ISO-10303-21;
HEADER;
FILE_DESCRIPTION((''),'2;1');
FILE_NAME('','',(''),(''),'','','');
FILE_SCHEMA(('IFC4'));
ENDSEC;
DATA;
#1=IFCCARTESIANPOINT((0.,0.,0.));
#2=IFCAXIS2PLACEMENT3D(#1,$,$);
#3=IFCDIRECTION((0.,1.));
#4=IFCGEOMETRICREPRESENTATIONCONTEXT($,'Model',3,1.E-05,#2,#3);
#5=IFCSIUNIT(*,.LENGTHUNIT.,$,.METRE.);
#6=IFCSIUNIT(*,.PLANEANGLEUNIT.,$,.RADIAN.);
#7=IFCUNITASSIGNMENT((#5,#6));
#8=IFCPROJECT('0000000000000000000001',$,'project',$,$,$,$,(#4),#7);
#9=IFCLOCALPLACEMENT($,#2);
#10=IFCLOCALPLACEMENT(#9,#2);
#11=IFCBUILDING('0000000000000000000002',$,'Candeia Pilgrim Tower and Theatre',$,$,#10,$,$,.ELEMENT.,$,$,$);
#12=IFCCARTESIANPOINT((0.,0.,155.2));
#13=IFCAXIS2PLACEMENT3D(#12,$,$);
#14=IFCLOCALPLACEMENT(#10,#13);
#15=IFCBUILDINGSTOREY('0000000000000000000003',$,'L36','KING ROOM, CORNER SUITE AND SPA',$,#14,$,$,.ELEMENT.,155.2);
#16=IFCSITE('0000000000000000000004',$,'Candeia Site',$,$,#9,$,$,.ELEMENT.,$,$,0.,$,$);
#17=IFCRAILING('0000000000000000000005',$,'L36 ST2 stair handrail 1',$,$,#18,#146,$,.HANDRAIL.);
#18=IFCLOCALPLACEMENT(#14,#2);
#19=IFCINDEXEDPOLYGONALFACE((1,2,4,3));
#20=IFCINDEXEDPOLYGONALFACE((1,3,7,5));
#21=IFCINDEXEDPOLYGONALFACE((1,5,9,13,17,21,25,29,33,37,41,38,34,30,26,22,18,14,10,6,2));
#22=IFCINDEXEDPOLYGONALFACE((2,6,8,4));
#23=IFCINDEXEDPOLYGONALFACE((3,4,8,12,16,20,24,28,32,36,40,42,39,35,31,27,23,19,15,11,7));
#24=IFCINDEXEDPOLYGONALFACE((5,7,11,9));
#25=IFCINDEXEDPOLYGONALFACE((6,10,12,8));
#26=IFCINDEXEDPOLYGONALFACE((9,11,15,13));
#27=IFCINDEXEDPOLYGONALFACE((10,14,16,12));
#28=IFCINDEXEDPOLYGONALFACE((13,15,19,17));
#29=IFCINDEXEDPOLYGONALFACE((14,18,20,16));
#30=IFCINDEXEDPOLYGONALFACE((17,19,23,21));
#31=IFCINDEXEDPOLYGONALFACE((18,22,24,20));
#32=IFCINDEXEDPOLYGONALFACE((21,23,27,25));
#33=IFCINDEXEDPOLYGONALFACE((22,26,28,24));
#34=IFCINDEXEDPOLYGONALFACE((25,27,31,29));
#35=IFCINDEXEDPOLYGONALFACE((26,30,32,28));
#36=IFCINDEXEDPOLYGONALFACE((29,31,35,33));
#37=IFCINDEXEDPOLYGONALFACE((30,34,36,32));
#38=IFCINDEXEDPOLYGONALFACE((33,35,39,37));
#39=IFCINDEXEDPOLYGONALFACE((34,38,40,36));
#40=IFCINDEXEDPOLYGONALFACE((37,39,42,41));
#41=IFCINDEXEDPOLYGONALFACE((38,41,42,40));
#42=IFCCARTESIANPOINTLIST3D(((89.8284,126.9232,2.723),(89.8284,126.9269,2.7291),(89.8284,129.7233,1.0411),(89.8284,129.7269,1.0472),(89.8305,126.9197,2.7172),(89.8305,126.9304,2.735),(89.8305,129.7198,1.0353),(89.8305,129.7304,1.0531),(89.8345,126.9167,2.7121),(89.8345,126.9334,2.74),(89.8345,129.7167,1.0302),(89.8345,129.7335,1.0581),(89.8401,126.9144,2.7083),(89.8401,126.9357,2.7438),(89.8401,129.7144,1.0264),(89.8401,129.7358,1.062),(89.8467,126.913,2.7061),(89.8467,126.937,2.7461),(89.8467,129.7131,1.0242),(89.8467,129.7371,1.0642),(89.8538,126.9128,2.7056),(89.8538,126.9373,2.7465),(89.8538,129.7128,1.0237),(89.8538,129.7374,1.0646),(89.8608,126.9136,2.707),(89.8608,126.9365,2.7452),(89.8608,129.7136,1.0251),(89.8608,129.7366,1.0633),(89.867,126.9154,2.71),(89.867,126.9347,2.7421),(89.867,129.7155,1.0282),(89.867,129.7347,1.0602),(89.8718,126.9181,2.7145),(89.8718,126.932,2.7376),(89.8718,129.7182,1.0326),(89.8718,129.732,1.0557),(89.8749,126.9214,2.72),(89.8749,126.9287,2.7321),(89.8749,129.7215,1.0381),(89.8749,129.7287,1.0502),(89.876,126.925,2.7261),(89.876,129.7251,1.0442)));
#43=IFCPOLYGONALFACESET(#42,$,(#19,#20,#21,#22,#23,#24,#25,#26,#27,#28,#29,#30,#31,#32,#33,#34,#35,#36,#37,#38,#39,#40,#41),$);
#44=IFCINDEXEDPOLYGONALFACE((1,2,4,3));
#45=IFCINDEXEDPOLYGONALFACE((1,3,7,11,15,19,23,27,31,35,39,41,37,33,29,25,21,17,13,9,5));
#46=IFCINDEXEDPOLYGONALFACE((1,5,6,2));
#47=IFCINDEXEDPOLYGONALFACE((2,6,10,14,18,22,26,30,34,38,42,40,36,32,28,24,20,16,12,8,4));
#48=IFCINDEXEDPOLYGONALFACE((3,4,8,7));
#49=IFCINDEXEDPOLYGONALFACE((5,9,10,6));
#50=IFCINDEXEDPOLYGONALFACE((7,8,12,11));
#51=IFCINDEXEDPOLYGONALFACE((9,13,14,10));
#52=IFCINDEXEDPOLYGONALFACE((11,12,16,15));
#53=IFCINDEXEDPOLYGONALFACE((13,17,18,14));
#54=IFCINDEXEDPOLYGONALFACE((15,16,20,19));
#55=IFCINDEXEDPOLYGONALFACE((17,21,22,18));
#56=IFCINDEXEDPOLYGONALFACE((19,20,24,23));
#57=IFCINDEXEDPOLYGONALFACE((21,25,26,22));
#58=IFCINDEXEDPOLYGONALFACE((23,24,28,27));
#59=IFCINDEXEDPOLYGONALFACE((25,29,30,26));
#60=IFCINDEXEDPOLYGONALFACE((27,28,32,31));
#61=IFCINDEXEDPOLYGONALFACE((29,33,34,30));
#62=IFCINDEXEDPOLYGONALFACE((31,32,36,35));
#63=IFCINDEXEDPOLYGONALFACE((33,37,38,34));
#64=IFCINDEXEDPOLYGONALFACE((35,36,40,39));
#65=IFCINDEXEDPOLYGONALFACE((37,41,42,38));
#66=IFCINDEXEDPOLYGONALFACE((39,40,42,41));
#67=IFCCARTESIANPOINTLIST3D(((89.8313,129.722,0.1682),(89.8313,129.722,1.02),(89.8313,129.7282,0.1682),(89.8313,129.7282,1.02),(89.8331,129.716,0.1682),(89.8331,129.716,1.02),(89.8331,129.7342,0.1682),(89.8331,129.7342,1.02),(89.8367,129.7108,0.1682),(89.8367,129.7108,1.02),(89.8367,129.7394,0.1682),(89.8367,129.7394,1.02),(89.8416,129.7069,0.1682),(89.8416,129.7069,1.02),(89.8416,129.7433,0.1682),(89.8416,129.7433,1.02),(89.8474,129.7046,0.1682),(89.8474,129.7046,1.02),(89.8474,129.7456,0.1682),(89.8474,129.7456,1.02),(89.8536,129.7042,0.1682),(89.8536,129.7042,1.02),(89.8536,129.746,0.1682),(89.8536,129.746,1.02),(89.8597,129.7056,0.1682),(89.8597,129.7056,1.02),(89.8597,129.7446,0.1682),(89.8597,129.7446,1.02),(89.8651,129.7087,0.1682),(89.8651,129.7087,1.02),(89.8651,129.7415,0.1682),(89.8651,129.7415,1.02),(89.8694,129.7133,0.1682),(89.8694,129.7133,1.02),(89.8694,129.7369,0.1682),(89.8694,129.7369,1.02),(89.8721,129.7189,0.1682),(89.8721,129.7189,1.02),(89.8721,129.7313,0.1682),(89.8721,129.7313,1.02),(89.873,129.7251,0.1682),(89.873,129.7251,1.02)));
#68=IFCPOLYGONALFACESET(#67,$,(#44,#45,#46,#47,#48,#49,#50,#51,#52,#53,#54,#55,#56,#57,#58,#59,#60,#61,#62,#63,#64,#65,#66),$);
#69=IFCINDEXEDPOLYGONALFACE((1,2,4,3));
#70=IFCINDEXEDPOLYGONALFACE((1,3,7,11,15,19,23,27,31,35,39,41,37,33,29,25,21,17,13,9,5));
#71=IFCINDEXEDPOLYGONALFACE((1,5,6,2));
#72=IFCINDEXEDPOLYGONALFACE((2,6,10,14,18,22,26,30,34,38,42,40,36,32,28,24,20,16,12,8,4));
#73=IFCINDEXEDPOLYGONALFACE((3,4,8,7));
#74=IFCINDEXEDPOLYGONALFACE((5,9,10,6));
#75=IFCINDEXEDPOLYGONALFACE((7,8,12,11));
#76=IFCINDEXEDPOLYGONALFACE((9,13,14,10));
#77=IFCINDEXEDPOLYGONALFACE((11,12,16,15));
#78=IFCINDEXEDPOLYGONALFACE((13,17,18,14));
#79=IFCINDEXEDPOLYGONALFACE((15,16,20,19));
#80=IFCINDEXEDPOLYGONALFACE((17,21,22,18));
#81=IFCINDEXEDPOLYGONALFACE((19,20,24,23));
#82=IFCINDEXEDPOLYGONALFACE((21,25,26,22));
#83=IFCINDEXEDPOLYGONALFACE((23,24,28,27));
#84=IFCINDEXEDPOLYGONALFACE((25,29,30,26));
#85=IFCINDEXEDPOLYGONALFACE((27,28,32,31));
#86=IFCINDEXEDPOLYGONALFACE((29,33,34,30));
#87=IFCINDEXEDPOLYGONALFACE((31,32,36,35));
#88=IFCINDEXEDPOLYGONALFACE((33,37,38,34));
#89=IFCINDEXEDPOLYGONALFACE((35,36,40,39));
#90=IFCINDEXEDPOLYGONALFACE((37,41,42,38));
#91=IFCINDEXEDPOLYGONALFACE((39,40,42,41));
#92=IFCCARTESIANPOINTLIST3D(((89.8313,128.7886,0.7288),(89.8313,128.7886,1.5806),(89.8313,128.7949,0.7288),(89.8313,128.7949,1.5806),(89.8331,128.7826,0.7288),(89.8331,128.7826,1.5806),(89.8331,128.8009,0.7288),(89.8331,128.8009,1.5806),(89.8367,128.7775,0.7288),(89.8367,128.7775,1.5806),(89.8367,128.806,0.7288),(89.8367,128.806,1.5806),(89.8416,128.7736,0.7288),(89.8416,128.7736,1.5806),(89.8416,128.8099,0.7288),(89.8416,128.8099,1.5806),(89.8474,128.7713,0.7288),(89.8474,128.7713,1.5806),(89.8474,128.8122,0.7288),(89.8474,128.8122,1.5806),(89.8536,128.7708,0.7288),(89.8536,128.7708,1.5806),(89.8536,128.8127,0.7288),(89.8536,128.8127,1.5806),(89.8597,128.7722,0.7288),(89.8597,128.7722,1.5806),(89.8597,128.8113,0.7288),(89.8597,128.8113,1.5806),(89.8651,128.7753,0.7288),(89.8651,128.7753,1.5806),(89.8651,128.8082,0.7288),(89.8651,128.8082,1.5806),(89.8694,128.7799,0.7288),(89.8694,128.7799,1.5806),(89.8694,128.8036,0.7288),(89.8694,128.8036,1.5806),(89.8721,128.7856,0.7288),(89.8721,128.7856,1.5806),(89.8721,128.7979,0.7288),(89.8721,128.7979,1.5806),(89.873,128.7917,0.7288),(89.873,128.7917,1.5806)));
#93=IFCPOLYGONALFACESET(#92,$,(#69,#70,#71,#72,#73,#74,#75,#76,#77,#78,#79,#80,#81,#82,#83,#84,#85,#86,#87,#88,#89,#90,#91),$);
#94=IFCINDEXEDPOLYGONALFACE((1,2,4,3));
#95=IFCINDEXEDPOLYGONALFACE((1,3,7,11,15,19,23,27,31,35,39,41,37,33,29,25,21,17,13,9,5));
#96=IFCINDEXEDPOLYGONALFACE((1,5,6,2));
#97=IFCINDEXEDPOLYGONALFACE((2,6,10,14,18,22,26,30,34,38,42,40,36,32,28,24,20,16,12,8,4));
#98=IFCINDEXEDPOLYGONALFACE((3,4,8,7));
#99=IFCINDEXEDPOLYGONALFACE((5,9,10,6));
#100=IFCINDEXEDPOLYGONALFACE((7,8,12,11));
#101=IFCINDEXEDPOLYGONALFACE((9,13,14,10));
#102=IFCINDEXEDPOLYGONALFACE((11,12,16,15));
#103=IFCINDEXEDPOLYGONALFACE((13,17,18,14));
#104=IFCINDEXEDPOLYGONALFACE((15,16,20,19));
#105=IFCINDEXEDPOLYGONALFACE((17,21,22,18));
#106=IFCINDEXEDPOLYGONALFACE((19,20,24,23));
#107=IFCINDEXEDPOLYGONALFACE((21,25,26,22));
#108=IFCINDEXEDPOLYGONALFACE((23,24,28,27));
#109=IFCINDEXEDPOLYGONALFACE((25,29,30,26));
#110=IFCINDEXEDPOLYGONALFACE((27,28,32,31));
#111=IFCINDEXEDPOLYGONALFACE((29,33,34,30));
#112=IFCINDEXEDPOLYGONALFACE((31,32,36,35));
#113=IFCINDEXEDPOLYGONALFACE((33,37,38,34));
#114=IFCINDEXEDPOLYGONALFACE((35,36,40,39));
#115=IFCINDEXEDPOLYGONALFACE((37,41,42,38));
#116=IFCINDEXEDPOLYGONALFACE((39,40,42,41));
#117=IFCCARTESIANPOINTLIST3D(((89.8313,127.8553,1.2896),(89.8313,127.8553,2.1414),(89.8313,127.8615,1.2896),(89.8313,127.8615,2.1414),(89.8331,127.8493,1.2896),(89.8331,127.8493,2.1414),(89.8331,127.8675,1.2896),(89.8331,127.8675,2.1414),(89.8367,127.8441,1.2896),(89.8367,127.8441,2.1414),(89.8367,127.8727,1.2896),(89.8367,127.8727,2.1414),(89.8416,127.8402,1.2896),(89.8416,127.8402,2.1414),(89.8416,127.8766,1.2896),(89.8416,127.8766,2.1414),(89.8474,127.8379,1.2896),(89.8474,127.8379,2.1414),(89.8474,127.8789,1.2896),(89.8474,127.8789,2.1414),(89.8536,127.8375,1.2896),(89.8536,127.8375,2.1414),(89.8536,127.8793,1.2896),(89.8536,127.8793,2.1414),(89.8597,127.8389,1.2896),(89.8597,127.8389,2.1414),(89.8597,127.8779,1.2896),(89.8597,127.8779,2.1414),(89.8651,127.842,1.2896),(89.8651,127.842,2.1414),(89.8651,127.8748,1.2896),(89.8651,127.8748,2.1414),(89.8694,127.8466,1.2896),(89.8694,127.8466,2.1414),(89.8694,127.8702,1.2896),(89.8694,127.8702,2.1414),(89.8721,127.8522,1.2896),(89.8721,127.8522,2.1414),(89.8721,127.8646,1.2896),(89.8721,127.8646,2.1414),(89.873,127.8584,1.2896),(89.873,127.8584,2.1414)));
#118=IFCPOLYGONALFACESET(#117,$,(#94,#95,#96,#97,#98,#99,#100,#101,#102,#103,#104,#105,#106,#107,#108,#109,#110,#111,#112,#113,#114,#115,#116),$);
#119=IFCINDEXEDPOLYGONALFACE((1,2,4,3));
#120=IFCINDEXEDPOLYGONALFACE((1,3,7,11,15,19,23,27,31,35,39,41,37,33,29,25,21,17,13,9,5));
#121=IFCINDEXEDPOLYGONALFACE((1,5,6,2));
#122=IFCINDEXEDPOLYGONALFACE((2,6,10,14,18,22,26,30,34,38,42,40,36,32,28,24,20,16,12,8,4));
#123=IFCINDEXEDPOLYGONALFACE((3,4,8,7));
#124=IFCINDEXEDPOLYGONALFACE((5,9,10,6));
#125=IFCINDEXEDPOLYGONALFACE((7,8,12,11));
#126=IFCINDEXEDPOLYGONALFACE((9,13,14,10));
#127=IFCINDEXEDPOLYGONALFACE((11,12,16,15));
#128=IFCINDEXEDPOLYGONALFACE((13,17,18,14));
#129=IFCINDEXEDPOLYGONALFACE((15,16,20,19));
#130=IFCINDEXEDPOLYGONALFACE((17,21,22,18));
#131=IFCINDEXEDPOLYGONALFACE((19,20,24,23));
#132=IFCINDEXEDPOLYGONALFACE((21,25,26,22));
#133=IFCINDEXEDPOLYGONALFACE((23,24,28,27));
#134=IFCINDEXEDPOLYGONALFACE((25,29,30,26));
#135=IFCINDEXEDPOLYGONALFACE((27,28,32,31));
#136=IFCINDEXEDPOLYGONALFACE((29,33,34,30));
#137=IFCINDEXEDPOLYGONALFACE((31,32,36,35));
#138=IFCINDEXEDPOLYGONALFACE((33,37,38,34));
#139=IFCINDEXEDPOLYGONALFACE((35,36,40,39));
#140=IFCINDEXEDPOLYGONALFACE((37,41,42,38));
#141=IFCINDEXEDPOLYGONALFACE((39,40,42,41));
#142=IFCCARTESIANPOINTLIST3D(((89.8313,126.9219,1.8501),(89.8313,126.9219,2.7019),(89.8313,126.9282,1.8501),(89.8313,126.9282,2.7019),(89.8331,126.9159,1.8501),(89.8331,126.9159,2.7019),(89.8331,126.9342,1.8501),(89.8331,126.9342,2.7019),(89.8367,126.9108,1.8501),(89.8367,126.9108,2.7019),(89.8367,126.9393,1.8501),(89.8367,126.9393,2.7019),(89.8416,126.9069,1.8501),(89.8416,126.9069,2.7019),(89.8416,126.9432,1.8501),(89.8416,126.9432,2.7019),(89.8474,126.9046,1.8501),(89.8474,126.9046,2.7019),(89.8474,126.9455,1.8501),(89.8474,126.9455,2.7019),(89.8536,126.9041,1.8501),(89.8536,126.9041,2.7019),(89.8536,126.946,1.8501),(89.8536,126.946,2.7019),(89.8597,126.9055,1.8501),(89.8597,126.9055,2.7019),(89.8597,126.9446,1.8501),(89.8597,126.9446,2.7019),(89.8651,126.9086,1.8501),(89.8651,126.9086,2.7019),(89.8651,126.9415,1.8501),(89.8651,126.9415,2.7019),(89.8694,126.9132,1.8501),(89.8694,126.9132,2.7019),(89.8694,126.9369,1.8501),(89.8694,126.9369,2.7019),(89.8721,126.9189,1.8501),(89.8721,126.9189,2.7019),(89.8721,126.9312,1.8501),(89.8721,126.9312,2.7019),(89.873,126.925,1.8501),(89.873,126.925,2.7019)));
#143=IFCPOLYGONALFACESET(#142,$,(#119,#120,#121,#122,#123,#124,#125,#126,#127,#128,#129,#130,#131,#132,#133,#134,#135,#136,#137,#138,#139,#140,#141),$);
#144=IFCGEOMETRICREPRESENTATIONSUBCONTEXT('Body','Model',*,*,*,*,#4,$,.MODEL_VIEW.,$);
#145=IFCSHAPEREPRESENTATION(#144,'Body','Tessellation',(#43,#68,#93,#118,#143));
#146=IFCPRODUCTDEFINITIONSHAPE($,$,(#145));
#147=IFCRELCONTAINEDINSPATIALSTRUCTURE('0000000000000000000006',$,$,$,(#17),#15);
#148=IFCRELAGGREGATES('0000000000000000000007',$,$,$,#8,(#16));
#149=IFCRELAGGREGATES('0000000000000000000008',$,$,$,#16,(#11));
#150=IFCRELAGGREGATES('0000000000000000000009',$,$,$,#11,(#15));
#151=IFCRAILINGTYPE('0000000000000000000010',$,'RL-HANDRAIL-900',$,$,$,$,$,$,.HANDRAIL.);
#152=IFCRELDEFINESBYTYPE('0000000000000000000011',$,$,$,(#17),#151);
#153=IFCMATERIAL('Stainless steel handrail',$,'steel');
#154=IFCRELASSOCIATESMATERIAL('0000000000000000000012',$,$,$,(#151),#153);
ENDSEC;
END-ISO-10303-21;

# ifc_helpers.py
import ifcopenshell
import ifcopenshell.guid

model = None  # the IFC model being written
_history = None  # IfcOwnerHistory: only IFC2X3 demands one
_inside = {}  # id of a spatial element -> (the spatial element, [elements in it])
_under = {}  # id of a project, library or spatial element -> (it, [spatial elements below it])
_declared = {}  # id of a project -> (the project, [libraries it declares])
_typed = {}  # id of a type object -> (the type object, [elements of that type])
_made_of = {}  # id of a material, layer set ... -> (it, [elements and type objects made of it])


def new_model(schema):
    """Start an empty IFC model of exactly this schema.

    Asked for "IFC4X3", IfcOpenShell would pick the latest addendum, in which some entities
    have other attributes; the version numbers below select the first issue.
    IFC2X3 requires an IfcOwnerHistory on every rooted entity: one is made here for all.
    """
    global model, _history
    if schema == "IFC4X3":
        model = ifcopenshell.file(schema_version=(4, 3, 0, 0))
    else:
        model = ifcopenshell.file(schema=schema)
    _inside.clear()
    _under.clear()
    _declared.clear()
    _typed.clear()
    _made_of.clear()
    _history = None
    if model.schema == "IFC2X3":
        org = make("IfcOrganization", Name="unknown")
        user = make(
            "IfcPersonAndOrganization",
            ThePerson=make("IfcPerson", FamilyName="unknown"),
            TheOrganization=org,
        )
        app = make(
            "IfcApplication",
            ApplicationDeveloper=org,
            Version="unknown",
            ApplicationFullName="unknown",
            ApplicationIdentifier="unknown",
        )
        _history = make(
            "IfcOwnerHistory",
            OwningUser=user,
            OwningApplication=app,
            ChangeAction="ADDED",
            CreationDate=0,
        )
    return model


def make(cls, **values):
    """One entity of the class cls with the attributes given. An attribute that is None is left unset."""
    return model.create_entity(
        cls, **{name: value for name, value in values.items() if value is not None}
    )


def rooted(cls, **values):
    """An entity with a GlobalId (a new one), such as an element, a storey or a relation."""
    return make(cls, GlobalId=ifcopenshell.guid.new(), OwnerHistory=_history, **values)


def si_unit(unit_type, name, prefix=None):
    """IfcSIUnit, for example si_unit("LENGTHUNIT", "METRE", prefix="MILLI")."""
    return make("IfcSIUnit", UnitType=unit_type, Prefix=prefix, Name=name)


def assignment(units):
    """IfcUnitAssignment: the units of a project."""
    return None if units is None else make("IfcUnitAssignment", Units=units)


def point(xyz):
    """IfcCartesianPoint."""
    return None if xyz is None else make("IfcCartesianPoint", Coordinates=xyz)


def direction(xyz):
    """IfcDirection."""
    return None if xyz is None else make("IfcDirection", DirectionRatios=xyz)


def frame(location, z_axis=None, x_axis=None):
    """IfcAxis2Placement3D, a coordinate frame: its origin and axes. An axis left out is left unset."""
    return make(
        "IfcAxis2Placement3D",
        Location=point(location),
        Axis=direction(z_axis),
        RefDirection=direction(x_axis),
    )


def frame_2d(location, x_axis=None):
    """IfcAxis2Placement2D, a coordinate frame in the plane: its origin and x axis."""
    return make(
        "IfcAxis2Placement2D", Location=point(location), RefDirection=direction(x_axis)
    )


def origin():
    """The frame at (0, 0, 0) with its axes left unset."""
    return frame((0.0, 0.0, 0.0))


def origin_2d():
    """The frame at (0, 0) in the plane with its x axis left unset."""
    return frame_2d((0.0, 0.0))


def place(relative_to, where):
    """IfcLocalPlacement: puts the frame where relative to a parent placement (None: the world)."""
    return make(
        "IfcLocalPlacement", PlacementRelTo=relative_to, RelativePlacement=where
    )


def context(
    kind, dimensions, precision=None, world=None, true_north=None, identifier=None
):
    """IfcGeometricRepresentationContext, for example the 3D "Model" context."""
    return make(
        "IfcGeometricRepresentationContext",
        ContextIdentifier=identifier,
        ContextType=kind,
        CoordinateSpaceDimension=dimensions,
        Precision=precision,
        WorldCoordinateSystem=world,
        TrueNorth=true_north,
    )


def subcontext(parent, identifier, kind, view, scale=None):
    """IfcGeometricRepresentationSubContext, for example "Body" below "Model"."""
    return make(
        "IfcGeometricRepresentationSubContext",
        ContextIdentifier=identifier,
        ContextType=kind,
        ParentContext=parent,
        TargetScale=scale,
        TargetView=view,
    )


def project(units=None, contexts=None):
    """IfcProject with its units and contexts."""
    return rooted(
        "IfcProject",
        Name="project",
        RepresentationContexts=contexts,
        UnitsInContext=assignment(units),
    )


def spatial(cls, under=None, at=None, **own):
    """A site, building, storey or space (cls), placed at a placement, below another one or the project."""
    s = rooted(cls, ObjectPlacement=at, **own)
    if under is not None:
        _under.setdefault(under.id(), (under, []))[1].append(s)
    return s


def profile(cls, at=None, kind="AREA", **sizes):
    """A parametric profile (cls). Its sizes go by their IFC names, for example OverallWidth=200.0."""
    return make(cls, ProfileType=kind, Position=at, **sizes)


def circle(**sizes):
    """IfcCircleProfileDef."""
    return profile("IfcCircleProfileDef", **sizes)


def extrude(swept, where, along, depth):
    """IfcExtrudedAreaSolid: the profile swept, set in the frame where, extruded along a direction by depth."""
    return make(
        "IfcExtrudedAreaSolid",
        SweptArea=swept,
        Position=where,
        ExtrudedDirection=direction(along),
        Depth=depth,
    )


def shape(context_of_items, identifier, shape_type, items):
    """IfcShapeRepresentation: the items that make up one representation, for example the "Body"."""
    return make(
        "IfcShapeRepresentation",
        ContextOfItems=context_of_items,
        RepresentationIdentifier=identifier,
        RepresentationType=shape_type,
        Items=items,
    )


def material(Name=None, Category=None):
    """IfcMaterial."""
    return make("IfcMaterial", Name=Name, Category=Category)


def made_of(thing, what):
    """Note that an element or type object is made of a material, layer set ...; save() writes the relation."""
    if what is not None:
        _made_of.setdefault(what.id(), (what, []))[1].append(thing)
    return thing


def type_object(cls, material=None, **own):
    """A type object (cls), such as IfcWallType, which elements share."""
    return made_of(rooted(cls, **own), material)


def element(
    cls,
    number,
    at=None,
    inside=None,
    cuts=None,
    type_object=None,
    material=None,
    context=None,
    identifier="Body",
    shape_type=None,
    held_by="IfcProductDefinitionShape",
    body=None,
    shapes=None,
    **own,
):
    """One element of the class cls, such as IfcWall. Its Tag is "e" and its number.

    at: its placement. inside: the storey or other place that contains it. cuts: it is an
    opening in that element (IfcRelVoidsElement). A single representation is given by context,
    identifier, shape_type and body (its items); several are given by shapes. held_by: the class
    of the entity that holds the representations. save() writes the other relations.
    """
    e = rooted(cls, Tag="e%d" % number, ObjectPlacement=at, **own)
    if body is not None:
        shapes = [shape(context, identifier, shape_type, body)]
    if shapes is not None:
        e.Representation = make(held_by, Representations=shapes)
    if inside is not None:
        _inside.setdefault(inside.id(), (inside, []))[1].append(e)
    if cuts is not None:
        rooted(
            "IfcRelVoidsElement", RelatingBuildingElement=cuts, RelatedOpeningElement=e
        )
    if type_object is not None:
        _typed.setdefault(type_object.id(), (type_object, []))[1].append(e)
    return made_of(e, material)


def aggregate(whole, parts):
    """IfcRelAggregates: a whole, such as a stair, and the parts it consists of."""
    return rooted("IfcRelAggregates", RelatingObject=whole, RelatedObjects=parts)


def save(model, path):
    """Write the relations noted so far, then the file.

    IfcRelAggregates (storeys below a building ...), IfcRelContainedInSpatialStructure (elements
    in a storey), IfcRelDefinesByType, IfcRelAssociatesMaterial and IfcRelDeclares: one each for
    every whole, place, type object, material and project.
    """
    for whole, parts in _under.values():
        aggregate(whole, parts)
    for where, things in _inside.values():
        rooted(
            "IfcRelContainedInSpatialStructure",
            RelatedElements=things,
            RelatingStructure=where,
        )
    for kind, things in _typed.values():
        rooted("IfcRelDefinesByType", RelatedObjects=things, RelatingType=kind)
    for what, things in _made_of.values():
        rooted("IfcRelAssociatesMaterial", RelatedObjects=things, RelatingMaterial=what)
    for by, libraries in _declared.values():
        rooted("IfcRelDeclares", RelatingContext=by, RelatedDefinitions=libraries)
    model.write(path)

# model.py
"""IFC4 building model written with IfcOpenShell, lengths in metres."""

from ifc_helpers import new_model, si_unit, direction, frame, origin, origin_2d, place, context, subcontext, project, spatial, circle, extrude, material, type_object, element, save


model = new_model("IFC4")

# Units and contexts
model_context = context("Model", 3, precision=1e-05, world=origin(), true_north=direction((0.0, 1.0)))
body_context = subcontext(model_context, "Body", "Model", "MODEL_VIEW")
ifc_project = project(units=[si_unit("LENGTHUNIT", "METRE"), si_unit("PLANEANGLEUNIT", "RADIAN")], contexts=[model_context])

# Site, building, storey
site_placement = place(None, origin())
site = spatial("IfcSite", under=ifc_project, at=site_placement, Name="Candeia Site", CompositionType="ELEMENT", RefElevation=0.0)
building_placement = place(site_placement, origin())
building = spatial("IfcBuilding", under=site, at=building_placement, Name="Candeia Pilgrim Tower and Theatre", CompositionType="ELEMENT")
storey_placement = place(building_placement, frame((0.0, 0.0, 155.2)))
storey = spatial("IfcBuildingStorey", under=building, at=storey_placement, Name="L36", Description="KING ROOM, CORNER SUITE AND SPA", CompositionType="ELEMENT", Elevation=155.2)

# Railing
ifc_material_1 = material(Name="Stainless steel handrail", Category="steel")
railing_type_1 = type_object("IfcRailingType", Name="RL-HANDRAIL-900", PredefinedType="HANDRAIL", material=ifc_material_1)
for number, where, name in (
    (1, (89.8521, 129.7251, 0.1682), "L36 ST2 stair handrail 1"),
):
    element("IfcRailing", number, at=place(storey_placement, frame(where)), inside=storey, type_object=railing_type_1, Name=name, PredefinedType="HANDRAIL", context=body_context, shape_type="SweptSolid", body=[
        extrude(circle(Radius=0.0239, at=origin_2d()), frame((0.0, 0.0, 0.876), z_axis=(0.0, -0.857242, 0.514913), x_axis=(1.0, 0.0, 0.0)), (0.0, 0.0, 1.0), 3.2664),
        extrude(circle(Radius=0.021, at=origin_2d()), origin(), (0.0, 0.0, 1.0), 0.8518),
        extrude(circle(Radius=0.021, at=origin_2d()), frame((0.0, -0.9333, 0.5605)), (0.0, 0.0, 1.0), 0.8518),
        extrude(circle(Radius=0.021, at=origin_2d()), frame((0.0, -1.8667, 1.1213)), (0.0, 0.0, 1.0), 0.8518),
        extrude(circle(Radius=0.021, at=origin_2d()), frame((0.0, -2.8, 1.6819)), (0.0, 0.0, 1.0), 0.8518),
    ])

save(model, "model.ifc")
